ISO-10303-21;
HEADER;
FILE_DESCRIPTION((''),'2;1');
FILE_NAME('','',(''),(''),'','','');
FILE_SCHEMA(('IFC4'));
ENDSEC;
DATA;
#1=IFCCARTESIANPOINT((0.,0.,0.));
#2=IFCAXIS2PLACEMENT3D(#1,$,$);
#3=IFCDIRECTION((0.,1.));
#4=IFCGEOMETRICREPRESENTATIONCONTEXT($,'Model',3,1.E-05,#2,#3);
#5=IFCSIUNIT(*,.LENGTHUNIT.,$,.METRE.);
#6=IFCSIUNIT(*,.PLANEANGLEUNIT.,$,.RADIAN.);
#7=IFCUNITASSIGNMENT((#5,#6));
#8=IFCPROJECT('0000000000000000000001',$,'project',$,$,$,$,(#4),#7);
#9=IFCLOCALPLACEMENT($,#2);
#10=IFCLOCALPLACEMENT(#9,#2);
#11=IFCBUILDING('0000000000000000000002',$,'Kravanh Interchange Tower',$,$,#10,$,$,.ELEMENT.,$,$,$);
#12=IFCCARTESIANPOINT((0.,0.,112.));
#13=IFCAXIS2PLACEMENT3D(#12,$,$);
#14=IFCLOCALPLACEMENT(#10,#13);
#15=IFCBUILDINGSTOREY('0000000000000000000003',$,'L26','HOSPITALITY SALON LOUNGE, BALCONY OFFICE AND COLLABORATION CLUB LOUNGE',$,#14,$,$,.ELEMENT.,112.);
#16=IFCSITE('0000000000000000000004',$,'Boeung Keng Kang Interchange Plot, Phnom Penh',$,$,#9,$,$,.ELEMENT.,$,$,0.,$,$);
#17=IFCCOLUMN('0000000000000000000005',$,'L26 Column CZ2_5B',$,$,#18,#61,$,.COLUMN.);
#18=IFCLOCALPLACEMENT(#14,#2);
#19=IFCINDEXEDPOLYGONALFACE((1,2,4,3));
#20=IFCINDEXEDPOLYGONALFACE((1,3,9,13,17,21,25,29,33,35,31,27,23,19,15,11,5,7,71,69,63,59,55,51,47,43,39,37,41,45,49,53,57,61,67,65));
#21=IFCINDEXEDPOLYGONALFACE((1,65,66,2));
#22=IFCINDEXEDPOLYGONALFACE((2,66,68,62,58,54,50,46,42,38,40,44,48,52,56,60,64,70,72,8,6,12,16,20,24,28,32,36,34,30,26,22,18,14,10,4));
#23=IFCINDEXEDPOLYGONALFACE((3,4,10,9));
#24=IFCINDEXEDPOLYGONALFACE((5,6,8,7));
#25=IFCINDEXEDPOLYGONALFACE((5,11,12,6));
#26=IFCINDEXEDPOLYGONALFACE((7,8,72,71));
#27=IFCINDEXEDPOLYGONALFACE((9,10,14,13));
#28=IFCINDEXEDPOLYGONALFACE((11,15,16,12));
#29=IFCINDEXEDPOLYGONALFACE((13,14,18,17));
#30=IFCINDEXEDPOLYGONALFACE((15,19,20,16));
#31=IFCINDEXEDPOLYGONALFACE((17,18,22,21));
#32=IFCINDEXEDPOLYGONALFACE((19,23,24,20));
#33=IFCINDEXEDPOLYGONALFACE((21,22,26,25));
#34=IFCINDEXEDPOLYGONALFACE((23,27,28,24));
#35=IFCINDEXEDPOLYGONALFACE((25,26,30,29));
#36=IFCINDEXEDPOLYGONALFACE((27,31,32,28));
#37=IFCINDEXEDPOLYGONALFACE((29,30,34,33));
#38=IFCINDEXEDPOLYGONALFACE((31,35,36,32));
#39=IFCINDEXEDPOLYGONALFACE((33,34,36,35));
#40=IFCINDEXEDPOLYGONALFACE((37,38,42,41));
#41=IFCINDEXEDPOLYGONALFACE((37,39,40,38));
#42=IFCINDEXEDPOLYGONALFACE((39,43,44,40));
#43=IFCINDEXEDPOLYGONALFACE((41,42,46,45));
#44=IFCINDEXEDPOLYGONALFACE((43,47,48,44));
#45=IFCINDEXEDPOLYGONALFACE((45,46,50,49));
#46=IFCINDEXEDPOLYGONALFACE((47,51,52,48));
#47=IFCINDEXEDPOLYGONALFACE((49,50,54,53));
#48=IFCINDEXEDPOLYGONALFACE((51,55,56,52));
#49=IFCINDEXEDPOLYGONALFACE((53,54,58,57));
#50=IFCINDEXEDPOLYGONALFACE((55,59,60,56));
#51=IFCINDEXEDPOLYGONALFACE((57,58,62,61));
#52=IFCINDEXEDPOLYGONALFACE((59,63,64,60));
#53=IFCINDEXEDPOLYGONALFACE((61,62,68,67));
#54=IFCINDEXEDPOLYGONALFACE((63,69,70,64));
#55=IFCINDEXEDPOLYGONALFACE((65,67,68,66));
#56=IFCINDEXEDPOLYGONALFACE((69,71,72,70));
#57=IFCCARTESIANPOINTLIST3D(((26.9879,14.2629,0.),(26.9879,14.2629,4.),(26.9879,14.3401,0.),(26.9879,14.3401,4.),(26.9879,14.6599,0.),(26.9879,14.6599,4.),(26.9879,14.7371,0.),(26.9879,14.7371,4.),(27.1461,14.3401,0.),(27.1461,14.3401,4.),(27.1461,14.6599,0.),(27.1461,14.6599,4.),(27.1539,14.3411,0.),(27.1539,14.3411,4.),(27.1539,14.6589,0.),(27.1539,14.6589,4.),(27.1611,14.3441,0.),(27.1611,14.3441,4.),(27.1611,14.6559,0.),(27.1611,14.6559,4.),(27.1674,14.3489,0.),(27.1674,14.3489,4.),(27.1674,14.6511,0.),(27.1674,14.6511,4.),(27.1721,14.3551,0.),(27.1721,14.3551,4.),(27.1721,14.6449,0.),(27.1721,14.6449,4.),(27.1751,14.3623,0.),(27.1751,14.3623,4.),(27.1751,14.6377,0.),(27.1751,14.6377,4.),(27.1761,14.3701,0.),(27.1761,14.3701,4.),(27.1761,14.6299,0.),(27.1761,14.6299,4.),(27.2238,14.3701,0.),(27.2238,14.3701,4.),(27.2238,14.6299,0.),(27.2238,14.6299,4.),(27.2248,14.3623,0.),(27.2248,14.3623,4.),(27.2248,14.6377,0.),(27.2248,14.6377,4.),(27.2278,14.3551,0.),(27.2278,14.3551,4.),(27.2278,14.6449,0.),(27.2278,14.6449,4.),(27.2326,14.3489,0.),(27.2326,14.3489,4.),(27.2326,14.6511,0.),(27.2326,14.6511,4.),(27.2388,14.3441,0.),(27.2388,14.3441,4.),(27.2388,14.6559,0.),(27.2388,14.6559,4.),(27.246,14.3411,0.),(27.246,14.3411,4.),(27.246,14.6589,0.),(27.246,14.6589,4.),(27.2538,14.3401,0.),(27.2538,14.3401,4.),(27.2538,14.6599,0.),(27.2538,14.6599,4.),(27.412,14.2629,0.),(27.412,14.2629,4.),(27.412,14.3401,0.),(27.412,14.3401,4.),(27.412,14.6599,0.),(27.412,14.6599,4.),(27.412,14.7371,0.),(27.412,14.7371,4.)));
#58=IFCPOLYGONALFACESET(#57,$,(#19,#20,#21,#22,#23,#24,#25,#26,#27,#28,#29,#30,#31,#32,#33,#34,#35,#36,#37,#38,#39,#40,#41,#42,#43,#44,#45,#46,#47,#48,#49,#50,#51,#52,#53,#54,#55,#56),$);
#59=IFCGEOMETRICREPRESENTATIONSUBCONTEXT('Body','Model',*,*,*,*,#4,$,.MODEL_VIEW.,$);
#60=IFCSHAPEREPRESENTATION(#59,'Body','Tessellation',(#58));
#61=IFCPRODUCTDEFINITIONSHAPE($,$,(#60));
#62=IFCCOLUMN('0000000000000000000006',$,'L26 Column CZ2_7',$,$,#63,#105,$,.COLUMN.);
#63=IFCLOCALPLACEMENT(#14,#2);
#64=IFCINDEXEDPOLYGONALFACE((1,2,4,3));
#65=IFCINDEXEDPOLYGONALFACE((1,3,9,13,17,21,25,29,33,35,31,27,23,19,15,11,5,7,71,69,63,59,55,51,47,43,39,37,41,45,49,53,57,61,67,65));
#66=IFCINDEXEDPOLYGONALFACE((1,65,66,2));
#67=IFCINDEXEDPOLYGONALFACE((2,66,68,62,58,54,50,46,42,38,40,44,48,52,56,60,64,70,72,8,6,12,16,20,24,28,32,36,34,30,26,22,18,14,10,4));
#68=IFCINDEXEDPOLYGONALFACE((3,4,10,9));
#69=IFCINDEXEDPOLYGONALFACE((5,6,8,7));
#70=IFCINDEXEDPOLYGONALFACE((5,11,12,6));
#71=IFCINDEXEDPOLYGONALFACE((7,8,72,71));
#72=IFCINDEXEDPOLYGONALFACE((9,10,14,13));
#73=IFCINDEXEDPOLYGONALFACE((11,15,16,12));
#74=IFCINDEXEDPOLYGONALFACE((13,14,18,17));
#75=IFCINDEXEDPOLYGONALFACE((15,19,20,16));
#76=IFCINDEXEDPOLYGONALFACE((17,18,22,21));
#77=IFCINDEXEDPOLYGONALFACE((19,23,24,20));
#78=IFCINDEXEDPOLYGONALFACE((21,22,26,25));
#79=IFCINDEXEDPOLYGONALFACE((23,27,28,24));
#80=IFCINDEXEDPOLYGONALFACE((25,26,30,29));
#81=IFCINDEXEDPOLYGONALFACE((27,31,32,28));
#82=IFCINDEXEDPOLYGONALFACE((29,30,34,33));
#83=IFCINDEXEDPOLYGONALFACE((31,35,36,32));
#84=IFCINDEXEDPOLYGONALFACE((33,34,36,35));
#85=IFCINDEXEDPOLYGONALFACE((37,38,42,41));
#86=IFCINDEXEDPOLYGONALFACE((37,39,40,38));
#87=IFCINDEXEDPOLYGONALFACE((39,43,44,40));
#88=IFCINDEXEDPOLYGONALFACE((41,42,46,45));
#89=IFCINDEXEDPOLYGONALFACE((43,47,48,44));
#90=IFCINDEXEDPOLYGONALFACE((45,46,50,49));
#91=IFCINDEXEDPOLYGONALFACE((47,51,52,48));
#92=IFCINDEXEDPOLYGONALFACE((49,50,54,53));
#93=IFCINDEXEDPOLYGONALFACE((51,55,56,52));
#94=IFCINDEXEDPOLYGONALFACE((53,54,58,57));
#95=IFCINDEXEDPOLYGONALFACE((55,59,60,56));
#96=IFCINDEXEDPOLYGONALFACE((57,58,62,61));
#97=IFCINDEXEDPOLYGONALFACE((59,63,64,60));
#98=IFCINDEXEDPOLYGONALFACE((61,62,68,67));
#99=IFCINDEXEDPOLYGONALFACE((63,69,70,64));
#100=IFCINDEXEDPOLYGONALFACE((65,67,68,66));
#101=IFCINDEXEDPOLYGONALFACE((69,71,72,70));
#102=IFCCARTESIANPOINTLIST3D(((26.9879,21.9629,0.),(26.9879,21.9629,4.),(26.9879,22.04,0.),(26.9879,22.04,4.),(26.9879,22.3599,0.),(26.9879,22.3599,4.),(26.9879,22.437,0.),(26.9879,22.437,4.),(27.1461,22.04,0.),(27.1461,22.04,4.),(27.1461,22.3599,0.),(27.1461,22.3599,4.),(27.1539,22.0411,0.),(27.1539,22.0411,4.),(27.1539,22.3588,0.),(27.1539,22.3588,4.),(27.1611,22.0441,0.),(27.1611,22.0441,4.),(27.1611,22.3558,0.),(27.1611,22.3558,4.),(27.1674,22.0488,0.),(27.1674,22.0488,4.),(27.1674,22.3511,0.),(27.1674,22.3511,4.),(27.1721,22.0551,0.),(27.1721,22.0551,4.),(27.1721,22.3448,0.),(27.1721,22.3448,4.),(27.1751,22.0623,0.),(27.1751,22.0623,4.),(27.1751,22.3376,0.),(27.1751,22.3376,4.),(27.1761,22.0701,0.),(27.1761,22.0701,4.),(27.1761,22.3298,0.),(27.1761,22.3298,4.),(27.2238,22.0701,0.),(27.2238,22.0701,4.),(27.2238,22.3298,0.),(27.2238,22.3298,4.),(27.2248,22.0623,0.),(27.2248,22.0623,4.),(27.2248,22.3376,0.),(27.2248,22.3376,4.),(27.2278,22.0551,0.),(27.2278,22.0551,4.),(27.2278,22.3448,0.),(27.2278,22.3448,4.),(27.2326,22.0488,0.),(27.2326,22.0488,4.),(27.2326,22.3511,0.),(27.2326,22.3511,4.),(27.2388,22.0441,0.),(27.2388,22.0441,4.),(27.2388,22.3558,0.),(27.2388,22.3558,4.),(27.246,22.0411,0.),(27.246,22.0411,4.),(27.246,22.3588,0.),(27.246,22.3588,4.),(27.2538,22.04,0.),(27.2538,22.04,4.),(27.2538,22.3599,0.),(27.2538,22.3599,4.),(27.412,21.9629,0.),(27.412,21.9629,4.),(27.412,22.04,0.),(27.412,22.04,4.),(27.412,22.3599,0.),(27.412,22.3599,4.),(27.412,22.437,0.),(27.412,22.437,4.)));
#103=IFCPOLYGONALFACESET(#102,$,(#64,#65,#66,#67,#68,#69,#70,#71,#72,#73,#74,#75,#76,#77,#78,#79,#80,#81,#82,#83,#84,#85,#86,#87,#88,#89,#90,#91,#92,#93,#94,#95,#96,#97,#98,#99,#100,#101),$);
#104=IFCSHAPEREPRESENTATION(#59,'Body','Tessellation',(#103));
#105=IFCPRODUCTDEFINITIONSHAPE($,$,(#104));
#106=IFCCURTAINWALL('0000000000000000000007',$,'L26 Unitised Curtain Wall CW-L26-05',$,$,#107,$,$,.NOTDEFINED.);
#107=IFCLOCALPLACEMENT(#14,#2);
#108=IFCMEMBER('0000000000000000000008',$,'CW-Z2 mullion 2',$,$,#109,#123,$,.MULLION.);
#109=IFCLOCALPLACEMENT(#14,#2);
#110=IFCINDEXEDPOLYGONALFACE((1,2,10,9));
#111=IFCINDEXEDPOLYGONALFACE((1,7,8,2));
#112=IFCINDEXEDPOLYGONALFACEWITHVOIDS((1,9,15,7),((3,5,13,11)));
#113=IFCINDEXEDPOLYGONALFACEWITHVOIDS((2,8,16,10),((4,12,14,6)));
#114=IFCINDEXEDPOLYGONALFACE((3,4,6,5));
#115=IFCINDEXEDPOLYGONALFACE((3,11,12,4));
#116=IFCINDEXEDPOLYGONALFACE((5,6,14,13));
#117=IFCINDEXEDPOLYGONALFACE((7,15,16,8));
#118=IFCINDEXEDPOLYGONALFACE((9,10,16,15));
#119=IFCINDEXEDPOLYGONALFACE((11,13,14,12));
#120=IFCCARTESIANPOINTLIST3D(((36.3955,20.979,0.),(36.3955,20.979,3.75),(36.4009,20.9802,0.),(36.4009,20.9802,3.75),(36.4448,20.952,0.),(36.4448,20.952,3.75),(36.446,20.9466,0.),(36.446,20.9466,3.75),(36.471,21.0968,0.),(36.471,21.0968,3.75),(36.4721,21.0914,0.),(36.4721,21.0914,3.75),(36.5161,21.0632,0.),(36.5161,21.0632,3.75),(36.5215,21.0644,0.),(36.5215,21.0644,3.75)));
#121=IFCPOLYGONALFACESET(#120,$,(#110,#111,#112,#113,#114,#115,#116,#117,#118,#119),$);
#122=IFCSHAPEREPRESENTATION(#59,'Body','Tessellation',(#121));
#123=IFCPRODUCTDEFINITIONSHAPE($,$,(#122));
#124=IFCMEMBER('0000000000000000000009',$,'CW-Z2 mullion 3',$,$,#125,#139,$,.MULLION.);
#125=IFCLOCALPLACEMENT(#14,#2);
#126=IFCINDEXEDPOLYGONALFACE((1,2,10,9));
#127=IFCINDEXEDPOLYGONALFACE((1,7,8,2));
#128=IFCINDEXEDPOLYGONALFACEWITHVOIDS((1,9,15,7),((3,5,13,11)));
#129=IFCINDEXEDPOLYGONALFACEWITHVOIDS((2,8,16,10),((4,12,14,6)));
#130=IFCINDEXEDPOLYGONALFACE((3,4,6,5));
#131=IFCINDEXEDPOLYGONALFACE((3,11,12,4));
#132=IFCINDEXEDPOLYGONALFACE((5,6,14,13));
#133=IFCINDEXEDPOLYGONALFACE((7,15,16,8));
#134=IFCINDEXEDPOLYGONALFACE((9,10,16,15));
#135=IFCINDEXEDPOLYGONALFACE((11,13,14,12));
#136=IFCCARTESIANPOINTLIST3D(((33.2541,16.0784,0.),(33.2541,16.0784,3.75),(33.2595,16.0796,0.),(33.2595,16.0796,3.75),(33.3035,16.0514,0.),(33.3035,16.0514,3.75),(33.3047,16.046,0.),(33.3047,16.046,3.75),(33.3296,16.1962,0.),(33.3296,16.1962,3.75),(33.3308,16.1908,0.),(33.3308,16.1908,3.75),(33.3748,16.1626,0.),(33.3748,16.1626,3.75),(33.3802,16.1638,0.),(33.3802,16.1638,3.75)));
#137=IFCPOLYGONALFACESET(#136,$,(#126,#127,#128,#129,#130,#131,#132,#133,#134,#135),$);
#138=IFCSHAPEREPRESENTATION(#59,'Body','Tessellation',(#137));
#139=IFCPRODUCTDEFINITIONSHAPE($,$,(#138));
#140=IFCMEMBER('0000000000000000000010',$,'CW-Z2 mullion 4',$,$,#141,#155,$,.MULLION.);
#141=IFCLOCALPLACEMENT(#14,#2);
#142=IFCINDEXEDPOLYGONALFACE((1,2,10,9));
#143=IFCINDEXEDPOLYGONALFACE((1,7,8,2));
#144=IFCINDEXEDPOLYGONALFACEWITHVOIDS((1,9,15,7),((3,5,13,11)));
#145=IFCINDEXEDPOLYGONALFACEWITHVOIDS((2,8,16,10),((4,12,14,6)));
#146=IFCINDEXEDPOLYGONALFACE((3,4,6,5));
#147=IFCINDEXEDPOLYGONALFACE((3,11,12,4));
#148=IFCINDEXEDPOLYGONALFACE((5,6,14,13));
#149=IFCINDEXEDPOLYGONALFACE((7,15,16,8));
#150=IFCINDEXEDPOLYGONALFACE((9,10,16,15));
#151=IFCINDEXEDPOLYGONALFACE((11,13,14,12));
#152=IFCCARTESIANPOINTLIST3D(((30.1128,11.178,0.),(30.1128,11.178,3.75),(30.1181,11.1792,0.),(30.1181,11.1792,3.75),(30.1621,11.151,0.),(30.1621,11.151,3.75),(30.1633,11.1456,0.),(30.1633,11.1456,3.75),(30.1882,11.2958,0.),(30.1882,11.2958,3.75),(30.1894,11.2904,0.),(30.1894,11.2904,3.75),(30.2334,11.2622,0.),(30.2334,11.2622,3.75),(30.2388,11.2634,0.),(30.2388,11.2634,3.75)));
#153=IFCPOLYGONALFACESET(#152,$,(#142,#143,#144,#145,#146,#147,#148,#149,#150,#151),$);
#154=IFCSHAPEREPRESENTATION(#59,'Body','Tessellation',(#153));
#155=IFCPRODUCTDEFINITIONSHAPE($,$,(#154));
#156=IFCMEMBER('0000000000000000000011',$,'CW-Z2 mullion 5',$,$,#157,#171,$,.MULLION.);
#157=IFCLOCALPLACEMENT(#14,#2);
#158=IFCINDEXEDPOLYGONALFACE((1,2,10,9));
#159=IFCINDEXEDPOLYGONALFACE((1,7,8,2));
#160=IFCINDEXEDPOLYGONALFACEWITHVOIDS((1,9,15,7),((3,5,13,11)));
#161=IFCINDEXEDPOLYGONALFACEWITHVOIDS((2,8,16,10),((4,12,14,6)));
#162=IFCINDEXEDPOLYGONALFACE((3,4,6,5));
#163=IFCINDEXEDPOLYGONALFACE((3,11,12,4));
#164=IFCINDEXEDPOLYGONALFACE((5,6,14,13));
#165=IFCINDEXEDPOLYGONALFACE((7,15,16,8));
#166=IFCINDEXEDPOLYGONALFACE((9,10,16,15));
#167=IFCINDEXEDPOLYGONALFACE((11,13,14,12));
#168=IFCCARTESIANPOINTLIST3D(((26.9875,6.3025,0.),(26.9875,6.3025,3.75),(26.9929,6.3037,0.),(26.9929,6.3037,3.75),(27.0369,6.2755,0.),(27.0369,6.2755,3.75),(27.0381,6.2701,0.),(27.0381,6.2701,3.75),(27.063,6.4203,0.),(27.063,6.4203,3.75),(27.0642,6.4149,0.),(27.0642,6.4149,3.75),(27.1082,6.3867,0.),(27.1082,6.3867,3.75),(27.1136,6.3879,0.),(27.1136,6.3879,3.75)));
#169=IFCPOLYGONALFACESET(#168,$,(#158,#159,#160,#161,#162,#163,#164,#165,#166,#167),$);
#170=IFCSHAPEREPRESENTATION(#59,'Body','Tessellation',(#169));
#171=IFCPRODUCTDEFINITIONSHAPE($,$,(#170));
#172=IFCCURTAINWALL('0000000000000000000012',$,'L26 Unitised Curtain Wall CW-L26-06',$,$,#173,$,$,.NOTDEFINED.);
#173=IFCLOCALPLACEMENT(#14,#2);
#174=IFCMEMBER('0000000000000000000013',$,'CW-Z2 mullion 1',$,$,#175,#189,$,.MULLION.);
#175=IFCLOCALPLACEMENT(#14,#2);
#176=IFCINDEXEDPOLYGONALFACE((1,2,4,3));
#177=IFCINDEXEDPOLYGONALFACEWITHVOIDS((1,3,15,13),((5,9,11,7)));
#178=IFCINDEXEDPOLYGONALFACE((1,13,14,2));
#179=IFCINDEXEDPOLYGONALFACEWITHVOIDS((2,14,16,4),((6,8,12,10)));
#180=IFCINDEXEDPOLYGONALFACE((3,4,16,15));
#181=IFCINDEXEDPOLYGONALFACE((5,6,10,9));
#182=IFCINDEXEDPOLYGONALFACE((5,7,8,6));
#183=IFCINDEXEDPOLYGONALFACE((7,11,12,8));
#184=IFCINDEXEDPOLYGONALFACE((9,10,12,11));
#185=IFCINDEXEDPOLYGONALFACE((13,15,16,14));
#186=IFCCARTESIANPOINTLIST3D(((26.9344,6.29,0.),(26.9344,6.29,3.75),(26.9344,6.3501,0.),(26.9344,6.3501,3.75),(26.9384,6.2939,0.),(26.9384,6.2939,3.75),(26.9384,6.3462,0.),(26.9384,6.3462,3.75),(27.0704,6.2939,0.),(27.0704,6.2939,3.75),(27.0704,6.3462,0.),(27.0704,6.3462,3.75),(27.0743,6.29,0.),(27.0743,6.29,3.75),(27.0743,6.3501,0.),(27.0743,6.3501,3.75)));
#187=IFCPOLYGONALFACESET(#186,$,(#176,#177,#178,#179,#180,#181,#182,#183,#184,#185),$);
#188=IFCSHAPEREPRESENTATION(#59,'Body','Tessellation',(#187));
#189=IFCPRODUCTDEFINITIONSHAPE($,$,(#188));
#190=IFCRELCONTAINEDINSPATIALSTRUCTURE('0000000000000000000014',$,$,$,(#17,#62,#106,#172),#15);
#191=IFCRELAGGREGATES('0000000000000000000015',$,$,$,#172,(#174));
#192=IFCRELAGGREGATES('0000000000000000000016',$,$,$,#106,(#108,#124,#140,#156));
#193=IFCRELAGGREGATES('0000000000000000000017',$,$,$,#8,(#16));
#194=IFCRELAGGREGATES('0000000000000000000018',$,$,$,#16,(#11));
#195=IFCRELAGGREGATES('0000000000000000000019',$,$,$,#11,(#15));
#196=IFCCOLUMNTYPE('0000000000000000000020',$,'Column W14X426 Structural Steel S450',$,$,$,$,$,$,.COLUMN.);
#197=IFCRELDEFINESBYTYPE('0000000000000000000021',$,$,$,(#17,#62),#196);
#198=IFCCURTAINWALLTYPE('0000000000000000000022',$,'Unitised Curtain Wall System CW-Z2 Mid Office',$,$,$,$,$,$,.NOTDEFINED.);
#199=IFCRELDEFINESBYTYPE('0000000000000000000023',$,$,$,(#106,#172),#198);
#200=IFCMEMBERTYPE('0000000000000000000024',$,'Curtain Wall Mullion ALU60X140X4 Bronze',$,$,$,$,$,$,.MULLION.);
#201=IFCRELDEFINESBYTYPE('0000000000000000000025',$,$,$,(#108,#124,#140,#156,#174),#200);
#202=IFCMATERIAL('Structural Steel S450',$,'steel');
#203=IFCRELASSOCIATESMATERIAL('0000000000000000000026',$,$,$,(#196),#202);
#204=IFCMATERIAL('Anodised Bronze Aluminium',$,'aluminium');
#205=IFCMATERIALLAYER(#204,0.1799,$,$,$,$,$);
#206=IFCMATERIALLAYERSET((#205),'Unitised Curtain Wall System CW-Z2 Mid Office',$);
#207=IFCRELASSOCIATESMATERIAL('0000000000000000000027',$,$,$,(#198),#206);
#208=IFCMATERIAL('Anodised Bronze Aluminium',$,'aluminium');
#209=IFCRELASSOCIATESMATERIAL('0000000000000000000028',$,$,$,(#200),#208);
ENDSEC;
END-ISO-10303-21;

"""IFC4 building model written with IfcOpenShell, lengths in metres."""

from ifc_helpers import new_model, si_unit, direction, frame, origin, origin_2d, place, context, subcontext, project, spatial, hollow_rectangle, i_section, extrude, material, layer, layer_set, material_profile, profile_set, type_object, element, aggregate, save


model = new_model("IFC4")

# Units and contexts
model_context = context("Model", 3, precision=1e-05, world=origin(), true_north=direction((0.0, 1.0)))
body_context = subcontext(model_context, "Body", "Model", "MODEL_VIEW")
ifc_project = project(units=[si_unit("LENGTHUNIT", "METRE"), si_unit("PLANEANGLEUNIT", "RADIAN")], contexts=[model_context])

# Site, building, storey
site_placement = place(None, origin())
site = spatial("IfcSite", under=ifc_project, at=site_placement, Name="Boeung Keng Kang Interchange Plot, Phnom Penh", CompositionType="ELEMENT", RefElevation=0.0)
building_placement = place(site_placement, origin())
building = spatial("IfcBuilding", under=site, at=building_placement, Name="Kravanh Interchange Tower", CompositionType="ELEMENT")
storey_placement = place(building_placement, frame((0.0, 0.0, 112.0)))
storey = spatial("IfcBuildingStorey", under=building, at=storey_placement, Name="L26", Description="HOSPITALITY SALON LOUNGE, BALCONY OFFICE AND COLLABORATION CLUB LOUNGE", CompositionType="ELEMENT", Elevation=112.0)

# Columns
ifc_material_1 = material(Name="Structural Steel S450", Category="steel")
ifc_material_profile_1 = material_profile(ifc_material_1, i_section(OverallWidth=0.4241, OverallDepth=0.4741, WebThickness=0.0476, FlangeThickness=0.0771, FilletRadius=0.03, at=origin_2d()), Name="W14X426")
ifc_profile_set_1 = profile_set([ifc_material_profile_1], Name="Structural Steel S450")
column_type = type_object("IfcColumnType", Name="Column W14X426 Structural Steel S450", PredefinedType="COLUMN", material=ifc_profile_set_1)
for number, where, z_axis, x_axis, name in (
    (1, (27.2, 14.5, 0.0), (0.0, 0.0, 1.0), (1.0, 0.0, 0.0), "L26 Column CZ2_5B"),
    (2, (27.2, 22.2, 0.0), (0.0, 0.0, 1.0), (1.0, 0.0, 0.0), "L26 Column CZ2_7"),
):
    element("IfcColumn", number, at=place(storey_placement, frame(where, z_axis=z_axis, x_axis=x_axis)), inside=storey, type_object=column_type, Name=name, PredefinedType="COLUMN", context=body_context, shape_type="SweptSolid", body=[
        extrude(i_section(OverallWidth=0.4241, OverallDepth=0.4741, WebThickness=0.0476, FlangeThickness=0.0771, FilletRadius=0.03, at=origin_2d()), origin(), (0.0, 0.0, 1.0), 4.0),
    ])

# Curtain wall, members
ifc_material_2 = material(Name="Anodised Bronze Aluminium", Category="aluminium")
ifc_layer_1 = layer(ifc_material_2, 0.1799)
ifc_layer_set_1 = layer_set([ifc_layer_1], Name="Unitised Curtain Wall System CW-Z2 Mid Office")
curtain_wall_type = type_object("IfcCurtainWallType", Name="Unitised Curtain Wall System CW-Z2 Mid Office", PredefinedType="NOTDEFINED", material=ifc_layer_set_1)
curtain_wall_1_placement = place(storey_placement, origin())
curtain_wall_1 = element("IfcCurtainWall", 3, at=curtain_wall_1_placement, inside=storey, type_object=curtain_wall_type, Name="L26 Unitised Curtain Wall CW-L26-05", PredefinedType="NOTDEFINED")
ifc_material_3 = material(Name="Anodised Bronze Aluminium", Category="aluminium")
ifc_material_profile_2 = material_profile(ifc_material_3, hollow_rectangle(XDim=0.0601, YDim=0.1399, WallThickness=0.0039, at=origin_2d()), Name="ALU60X140X4")
ifc_profile_set_2 = profile_set([ifc_material_profile_2], Name="Anodised Bronze Aluminium")
member_type_1 = type_object("IfcMemberType", Name="Curtain Wall Mullion ALU60X140X4 Bronze", PredefinedType="MULLION", material=ifc_profile_set_2)
member_1_placement = place(storey_placement, frame((36.4585, 21.0217, 0.0), z_axis=(0.0, 0.0, 1.0), x_axis=(0.84188, -0.539665, 0.0)))
member_1 = element("IfcMember", 4, at=member_1_placement, type_object=member_type_1, Name="CW-Z2 mullion 2", PredefinedType="MULLION", context=body_context, shape_type="SweptSolid", body=[
    extrude(hollow_rectangle(XDim=0.0601, YDim=0.1399, WallThickness=0.0039, at=origin_2d()), origin(), (0.0, 0.0, 1.0), 3.75),
])
member_2_placement = place(storey_placement, frame((33.3171, 16.1211, 0.0), z_axis=(0.0, 0.0, 1.0), x_axis=(0.84188, -0.539665, 0.0)))
member_2 = element("IfcMember", 5, at=member_2_placement, type_object=member_type_1, Name="CW-Z2 mullion 3", PredefinedType="MULLION", context=body_context, shape_type="SweptSolid", body=[
    extrude(hollow_rectangle(XDim=0.0601, YDim=0.1399, WallThickness=0.0039, at=origin_2d()), origin(), (0.0, 0.0, 1.0), 3.75),
])
member_3_placement = place(storey_placement, frame((30.1758, 11.2207, 0.0), z_axis=(0.0, 0.0, 1.0), x_axis=(0.84188, -0.539665, 0.0)))
member_3 = element("IfcMember", 6, at=member_3_placement, type_object=member_type_1, Name="CW-Z2 mullion 4", PredefinedType="MULLION", context=body_context, shape_type="SweptSolid", body=[
    extrude(hollow_rectangle(XDim=0.0601, YDim=0.1399, WallThickness=0.0039, at=origin_2d()), origin(), (0.0, 0.0, 1.0), 3.75),
])
member_4_placement = place(storey_placement, frame((27.0505, 6.3452, 0.0), z_axis=(0.0, 0.0, 1.0), x_axis=(0.84188, -0.539665, 0.0)))
member_4 = element("IfcMember", 7, at=member_4_placement, type_object=member_type_1, Name="CW-Z2 mullion 5", PredefinedType="MULLION", context=body_context, shape_type="SweptSolid", body=[
    extrude(hollow_rectangle(XDim=0.0601, YDim=0.1399, WallThickness=0.0039, at=origin_2d()), origin(), (0.0, 0.0, 1.0), 3.75),
])

# Curtain wall, member
curtain_wall_2_placement = place(storey_placement, origin())
curtain_wall_2 = element("IfcCurtainWall", 8, at=curtain_wall_2_placement, inside=storey, type_object=curtain_wall_type, Name="L26 Unitised Curtain Wall CW-L26-06", PredefinedType="NOTDEFINED")
member_5_placement = place(storey_placement, frame((27.0044, 6.3201, 0.0), z_axis=(0.0, 0.0, 1.0), x_axis=(0.0, -1.0, 0.0)))
member_5 = element("IfcMember", 9, at=member_5_placement, type_object=member_type_1, Name="CW-Z2 mullion 1", PredefinedType="MULLION", context=body_context, shape_type="SweptSolid", body=[
    extrude(hollow_rectangle(XDim=0.0601, YDim=0.1399, WallThickness=0.0039, at=origin_2d()), origin(), (0.0, 0.0, 1.0), 3.75),
])

aggregate(curtain_wall_2, [member_5])

aggregate(curtain_wall_1, [member_1, member_2, member_3, member_4])

save(model, "model.ifc")
